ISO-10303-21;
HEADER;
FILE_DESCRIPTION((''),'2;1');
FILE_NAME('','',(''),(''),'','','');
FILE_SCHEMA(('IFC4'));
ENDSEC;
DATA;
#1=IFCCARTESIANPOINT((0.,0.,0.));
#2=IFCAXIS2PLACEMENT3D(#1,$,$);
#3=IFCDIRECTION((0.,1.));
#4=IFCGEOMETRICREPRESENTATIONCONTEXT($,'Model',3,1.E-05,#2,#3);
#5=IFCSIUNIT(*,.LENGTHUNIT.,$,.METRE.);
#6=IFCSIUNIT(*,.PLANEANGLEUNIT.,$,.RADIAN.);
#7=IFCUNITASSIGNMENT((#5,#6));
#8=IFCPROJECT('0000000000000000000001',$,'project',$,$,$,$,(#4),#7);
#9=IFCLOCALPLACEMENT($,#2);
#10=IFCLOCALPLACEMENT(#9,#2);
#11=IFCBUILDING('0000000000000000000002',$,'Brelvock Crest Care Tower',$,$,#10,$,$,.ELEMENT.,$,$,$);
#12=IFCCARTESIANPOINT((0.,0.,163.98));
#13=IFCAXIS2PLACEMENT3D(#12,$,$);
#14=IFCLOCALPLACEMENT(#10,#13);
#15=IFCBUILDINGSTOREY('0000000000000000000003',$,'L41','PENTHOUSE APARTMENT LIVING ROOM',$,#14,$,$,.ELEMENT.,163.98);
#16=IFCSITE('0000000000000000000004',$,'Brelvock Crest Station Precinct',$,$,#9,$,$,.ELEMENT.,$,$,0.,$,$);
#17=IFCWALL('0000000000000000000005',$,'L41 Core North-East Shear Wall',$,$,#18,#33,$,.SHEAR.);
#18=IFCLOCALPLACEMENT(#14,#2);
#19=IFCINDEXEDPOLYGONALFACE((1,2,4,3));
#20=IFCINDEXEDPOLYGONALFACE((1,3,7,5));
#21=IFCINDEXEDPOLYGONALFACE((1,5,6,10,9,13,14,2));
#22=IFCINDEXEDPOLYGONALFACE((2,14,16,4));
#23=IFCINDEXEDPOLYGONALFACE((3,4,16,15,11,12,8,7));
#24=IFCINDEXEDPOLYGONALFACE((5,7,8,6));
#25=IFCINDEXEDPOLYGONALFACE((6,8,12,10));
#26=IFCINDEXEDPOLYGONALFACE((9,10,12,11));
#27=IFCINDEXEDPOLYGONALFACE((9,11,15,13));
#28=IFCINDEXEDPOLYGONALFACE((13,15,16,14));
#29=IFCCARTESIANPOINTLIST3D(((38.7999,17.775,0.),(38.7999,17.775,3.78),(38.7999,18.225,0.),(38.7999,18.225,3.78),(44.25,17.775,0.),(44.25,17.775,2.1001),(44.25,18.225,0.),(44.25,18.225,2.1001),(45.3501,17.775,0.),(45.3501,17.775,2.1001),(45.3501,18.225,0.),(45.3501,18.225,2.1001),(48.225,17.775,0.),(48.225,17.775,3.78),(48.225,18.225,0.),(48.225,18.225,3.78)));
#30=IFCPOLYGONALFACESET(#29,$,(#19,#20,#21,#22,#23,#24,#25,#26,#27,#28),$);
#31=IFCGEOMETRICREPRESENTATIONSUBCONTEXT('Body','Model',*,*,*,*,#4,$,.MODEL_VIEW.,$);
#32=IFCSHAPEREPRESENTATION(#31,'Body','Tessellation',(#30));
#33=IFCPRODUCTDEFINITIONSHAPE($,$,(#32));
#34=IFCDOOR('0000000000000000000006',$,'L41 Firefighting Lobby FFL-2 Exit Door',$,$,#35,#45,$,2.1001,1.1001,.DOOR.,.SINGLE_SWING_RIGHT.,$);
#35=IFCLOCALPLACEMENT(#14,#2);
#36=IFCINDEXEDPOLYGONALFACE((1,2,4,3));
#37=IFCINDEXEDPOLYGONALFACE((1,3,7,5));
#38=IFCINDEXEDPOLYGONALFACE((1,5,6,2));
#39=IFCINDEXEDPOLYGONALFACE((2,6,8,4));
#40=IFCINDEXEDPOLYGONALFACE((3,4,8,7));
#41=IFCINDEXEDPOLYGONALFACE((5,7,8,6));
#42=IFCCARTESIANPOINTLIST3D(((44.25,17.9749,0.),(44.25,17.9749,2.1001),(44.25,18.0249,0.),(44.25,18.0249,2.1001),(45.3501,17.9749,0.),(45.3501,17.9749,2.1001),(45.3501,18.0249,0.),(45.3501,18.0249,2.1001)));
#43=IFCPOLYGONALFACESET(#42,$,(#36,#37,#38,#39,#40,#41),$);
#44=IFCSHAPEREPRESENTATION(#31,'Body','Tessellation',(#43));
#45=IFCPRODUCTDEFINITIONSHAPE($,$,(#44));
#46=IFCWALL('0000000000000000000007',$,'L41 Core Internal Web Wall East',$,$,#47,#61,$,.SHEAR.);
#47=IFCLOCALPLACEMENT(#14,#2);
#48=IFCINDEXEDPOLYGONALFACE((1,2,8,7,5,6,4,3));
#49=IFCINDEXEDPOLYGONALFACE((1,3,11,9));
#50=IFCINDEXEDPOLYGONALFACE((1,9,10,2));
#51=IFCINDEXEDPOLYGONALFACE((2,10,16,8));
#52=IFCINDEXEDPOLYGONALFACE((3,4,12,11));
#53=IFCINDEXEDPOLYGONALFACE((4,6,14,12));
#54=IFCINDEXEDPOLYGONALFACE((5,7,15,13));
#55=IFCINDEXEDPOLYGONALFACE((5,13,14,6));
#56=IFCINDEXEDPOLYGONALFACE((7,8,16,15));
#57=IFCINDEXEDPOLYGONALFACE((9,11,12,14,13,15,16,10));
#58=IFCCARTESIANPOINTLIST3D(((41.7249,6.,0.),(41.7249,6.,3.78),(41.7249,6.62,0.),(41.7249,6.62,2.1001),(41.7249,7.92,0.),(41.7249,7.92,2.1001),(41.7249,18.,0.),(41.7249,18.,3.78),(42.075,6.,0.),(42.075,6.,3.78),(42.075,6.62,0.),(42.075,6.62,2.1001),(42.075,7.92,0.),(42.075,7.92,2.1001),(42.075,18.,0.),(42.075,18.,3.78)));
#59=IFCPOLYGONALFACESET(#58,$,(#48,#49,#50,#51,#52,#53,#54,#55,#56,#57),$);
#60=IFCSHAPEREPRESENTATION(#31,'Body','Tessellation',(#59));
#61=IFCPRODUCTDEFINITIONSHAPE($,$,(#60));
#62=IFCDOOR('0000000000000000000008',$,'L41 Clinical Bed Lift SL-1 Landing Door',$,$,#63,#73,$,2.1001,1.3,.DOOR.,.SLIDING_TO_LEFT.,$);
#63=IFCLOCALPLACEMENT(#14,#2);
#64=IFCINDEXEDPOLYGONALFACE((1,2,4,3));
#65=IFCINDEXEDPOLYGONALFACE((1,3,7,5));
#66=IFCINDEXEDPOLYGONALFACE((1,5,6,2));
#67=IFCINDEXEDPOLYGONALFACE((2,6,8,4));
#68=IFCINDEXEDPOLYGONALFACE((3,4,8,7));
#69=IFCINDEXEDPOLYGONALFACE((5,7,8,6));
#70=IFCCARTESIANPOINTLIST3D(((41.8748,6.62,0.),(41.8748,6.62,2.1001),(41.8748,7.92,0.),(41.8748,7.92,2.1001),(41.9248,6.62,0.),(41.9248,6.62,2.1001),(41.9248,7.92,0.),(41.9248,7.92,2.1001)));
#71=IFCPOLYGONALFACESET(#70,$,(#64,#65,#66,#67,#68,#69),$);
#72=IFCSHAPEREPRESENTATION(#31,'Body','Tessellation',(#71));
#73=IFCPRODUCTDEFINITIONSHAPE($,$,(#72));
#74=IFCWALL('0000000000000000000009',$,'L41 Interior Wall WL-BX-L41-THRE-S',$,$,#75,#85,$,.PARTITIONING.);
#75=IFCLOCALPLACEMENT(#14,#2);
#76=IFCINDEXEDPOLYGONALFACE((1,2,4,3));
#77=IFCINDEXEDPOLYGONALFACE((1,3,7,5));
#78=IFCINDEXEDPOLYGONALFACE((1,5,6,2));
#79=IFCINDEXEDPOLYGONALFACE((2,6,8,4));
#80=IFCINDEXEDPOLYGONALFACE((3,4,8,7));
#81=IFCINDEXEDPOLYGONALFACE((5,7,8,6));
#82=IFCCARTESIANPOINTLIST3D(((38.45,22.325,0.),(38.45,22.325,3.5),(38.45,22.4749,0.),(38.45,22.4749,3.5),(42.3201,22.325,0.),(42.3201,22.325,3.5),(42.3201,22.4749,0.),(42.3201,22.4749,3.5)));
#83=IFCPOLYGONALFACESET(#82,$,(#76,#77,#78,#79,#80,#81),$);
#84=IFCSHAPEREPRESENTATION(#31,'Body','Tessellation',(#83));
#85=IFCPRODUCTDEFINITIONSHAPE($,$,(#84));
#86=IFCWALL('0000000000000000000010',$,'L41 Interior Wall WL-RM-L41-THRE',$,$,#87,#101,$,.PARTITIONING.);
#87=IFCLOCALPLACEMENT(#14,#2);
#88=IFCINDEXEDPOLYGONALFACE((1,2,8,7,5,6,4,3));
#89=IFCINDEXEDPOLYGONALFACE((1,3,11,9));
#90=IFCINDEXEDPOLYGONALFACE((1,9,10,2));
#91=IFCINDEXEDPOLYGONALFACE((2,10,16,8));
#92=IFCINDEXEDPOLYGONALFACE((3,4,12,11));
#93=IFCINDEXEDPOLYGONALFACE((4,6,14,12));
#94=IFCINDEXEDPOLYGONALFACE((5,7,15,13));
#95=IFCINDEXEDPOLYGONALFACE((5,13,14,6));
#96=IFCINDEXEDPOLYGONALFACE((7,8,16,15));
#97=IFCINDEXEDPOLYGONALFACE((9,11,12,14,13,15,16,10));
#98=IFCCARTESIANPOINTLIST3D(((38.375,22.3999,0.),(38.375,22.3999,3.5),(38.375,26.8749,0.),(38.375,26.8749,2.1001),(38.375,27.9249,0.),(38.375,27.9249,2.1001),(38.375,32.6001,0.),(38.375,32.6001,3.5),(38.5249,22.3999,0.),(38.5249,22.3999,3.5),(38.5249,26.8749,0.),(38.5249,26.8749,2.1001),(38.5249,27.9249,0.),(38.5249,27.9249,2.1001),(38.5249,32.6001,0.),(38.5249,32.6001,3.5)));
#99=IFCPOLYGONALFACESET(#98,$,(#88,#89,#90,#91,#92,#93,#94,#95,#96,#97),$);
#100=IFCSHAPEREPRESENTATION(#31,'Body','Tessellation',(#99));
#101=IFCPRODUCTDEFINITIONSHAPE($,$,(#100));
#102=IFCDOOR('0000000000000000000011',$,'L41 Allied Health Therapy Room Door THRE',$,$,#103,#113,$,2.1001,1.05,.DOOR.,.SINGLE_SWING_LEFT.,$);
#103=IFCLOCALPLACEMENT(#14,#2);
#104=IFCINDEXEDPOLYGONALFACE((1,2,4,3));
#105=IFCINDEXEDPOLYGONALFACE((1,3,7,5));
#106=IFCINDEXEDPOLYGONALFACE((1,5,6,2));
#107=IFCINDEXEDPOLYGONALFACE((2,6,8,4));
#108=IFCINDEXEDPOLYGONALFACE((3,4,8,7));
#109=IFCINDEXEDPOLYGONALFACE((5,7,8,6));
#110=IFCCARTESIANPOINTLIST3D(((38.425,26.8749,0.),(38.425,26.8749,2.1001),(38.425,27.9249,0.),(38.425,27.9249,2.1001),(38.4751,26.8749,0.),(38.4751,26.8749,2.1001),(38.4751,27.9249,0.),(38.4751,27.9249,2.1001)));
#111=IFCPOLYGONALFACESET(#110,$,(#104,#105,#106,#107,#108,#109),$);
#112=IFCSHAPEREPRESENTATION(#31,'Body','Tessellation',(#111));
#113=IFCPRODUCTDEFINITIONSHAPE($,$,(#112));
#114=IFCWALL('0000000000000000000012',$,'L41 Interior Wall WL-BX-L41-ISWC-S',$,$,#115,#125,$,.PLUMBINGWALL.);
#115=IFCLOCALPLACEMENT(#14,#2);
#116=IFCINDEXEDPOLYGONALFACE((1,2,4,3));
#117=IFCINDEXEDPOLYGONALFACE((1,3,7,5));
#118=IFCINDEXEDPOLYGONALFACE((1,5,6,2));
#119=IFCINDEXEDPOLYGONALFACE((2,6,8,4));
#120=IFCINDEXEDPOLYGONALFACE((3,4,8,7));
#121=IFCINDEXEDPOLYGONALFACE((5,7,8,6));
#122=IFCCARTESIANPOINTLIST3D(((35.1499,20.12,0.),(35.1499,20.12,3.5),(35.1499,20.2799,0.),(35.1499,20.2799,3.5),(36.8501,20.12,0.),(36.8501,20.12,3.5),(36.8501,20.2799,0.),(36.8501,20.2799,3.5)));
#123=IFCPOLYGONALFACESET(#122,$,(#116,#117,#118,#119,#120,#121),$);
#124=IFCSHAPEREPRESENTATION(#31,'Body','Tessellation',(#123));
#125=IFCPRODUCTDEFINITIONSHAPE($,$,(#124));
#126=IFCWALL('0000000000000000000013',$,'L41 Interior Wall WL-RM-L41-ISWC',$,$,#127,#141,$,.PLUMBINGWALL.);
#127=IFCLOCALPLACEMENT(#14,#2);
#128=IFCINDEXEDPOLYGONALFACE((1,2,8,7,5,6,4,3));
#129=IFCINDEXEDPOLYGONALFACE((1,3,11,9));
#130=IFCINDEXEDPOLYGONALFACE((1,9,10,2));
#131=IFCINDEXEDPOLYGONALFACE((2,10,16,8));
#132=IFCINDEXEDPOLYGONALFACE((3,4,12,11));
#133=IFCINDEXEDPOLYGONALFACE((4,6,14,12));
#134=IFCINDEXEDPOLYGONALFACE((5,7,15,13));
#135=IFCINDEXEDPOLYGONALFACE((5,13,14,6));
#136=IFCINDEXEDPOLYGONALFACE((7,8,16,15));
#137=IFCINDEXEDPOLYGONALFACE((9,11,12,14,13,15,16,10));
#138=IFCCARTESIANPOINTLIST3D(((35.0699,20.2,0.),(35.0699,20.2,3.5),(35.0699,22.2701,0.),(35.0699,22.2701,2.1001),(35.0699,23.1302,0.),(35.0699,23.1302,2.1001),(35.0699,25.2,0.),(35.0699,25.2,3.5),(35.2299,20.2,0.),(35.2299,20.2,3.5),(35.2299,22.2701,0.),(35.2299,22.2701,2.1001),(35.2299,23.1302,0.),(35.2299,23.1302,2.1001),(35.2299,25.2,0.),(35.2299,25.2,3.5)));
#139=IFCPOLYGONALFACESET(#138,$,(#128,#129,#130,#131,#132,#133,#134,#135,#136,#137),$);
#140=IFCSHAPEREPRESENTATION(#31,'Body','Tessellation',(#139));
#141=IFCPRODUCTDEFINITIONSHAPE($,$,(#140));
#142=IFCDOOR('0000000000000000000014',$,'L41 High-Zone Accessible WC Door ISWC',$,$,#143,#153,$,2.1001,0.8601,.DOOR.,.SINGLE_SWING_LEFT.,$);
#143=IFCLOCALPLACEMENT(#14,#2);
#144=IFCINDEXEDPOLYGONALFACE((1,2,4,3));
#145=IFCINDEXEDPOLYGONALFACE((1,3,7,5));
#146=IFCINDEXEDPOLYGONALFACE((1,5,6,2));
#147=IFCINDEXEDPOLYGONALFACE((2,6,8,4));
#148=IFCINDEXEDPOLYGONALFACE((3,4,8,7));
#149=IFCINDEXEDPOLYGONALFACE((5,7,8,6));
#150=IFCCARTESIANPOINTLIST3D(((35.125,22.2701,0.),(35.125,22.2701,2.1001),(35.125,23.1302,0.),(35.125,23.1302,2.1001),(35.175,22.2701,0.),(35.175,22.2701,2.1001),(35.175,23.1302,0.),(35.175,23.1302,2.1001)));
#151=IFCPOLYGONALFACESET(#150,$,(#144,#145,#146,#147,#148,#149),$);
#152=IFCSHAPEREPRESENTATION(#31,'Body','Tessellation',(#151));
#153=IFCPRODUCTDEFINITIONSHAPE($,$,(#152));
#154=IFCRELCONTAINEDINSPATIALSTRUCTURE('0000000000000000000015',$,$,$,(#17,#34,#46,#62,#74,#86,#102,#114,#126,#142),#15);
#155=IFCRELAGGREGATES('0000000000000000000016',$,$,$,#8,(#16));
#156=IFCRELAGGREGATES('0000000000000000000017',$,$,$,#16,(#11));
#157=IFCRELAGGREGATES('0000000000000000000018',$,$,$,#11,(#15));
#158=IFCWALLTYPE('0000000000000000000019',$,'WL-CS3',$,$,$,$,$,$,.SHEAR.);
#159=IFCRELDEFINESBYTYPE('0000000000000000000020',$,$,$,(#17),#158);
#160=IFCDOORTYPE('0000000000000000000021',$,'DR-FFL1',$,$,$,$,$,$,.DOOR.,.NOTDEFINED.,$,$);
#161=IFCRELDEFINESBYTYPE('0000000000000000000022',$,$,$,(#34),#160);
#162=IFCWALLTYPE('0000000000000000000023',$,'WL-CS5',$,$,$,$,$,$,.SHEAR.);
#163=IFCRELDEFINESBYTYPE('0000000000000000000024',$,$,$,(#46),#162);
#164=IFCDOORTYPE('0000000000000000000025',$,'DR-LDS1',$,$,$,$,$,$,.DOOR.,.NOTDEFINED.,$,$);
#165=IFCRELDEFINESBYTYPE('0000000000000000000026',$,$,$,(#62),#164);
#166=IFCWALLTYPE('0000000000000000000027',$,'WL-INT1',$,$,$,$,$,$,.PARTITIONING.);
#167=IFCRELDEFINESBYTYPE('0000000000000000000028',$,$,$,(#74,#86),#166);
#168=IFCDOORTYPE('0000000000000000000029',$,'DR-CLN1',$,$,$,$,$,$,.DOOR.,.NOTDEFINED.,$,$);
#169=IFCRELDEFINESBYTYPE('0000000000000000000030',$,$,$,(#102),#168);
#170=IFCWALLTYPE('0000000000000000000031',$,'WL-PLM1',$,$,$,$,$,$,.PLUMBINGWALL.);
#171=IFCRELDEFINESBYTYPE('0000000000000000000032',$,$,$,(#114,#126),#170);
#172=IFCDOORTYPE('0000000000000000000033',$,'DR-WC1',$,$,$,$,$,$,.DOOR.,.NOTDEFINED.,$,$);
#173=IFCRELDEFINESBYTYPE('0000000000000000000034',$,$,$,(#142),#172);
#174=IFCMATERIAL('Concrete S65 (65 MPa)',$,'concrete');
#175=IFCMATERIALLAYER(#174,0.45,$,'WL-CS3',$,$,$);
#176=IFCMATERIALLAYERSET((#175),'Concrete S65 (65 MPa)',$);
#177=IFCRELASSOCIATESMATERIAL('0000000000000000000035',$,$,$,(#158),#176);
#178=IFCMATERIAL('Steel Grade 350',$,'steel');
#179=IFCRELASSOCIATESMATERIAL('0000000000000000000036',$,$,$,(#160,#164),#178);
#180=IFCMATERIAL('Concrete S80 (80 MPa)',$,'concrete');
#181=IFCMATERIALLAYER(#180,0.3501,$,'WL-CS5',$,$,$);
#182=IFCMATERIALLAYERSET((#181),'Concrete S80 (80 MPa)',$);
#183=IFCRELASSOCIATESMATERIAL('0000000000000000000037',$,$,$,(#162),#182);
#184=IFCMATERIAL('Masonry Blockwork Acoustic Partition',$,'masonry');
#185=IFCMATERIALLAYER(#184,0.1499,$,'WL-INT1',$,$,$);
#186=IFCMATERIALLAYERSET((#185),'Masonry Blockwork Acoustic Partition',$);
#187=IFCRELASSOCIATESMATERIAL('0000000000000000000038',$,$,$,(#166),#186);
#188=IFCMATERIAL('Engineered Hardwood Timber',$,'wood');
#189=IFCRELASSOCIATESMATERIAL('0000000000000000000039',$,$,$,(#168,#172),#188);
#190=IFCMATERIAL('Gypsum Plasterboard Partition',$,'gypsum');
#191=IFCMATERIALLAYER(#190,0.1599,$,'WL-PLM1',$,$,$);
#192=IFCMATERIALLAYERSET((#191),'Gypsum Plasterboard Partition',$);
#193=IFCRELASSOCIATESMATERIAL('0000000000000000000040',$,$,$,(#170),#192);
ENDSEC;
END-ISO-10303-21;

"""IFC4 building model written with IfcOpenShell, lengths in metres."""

from ifc_helpers import new_model, si_unit, direction, frame, frame_2d, origin, origin_2d, place, context, subcontext, project, spatial, rectangle, extrude, source, transform, mapped, material, layer, layer_set, type_object, element, fill, save


model = new_model("IFC4")

# Units and contexts
model_context = context("Model", 3, precision=1e-05, world=origin(), true_north=direction((0.0, 1.0)))
body_context = subcontext(model_context, "Body", "Model", "MODEL_VIEW")
ifc_project = project(units=[si_unit("LENGTHUNIT", "METRE"), si_unit("PLANEANGLEUNIT", "RADIAN")], contexts=[model_context])

# Site, building, storey
site_placement = place(None, origin())
site = spatial("IfcSite", under=ifc_project, at=site_placement, Name="Brelvock Crest Station Precinct", CompositionType="ELEMENT", RefElevation=0.0)
building_placement = place(site_placement, origin())
building = spatial("IfcBuilding", under=site, at=building_placement, Name="Brelvock Crest Care Tower", CompositionType="ELEMENT")
storey_placement = place(building_placement, frame((0.0, 0.0, 163.98)))
storey = spatial("IfcBuildingStorey", under=building, at=storey_placement, Name="L41", Description="PENTHOUSE APARTMENT LIVING ROOM", CompositionType="ELEMENT", Elevation=163.98)

# Shared definitions
ifc_material_1 = material(Name="Concrete S65 (65 MPa)", Category="concrete")

# Shared definitions
ifc_material_2 = material(Name="Steel Grade 350", Category="steel")

# Walls, openings, doors
ifc_layer_1 = layer(ifc_material_1, 0.45, Name="WL-CS3")
ifc_layer_set_1 = layer_set([ifc_layer_1], Name="Concrete S65 (65 MPa)")
wall_type_1 = type_object("IfcWallType", Name="WL-CS3", PredefinedType="SHEAR", material=ifc_layer_set_1)
wall_1_placement = place(storey_placement, frame((38.8, 18.0, 0.0), z_axis=(0.0, 0.0, 1.0), x_axis=(1.0, 0.0, 0.0)))
wall_1 = element("IfcWall", 1, at=wall_1_placement, inside=storey, type_object=wall_type_1, Name="L41 Core North-East Shear Wall", PredefinedType="SHEAR", context=body_context, shape_type="SweptSolid", body=[
    extrude(rectangle(XDim=9.425, YDim=0.45, at=frame_2d((4.7124, 0.0))), origin(), (0.0, 0.0, 1.0), 3.78),
])
opening_1_placement = place(wall_1_placement, frame((5.45, 0.0, 0.0)))
opening_1 = element("IfcOpeningElement", 2, at=opening_1_placement, cuts=wall_1, PredefinedType="OPENING", context=body_context, shape_type="SweptSolid", body=[
    extrude(rectangle(XDim=1.1001, YDim=2.1001, at=origin_2d()), frame((0.55, 0.2349, 1.05), z_axis=(0.0, -1.0, 0.0), x_axis=(1.0, 0.0, 0.0)), (0.0, 0.0, 1.0), 0.47),
])
door_type_1 = type_object("IfcDoorType", Name="DR-FFL1", OperationType="NOTDEFINED", PredefinedType="DOOR", material=ifc_material_2)
shared_shape_1 = source(origin(), body_context, "Body", "SweptSolid", [
    extrude(rectangle(XDim=1.1001, YDim=2.1001, at=origin_2d()), frame((0.55, 0.0249, 1.05), z_axis=(0.0, -1.0, 0.0), x_axis=(1.0, 0.0, 0.0)), (0.0, 0.0, 1.0), 0.05),
])
door_1_placement = place(opening_1_placement, origin())
door_1 = element("IfcDoor", 3, at=door_1_placement, inside=storey, type_object=door_type_1, Name="L41 Firefighting Lobby FFL-2 Exit Door", OperationType="SINGLE_SWING_RIGHT", OverallHeight=2.1001, OverallWidth=1.1001, PredefinedType="DOOR", context=body_context, shape_type="MappedRepresentation", body=[
    mapped(shared_shape_1, transform((0.0, 0.0, 0.0), x_axis=(1.0, 0.0, 0.0), y_axis=(0.0, 1.0, 0.0), z_axis=(0.0, 0.0, 1.0), scale=1.0)),
])
fill(opening_1, door_1)
ifc_material_3 = material(Name="Concrete S80 (80 MPa)", Category="concrete")
ifc_layer_2 = layer(ifc_material_3, 0.3501, Name="WL-CS5")
ifc_layer_set_2 = layer_set([ifc_layer_2], Name="Concrete S80 (80 MPa)")
wall_type_2 = type_object("IfcWallType", Name="WL-CS5", PredefinedType="SHEAR", material=ifc_layer_set_2)
wall_2_placement = place(storey_placement, frame((41.8999, 18.0, 0.0), z_axis=(0.0, 0.0, 1.0), x_axis=(0.0, -1.0, 0.0)))
wall_2 = element("IfcWall", 4, at=wall_2_placement, inside=storey, type_object=wall_type_2, Name="L41 Core Internal Web Wall East", PredefinedType="SHEAR", context=body_context, shape_type="SweptSolid", body=[
    extrude(rectangle(XDim=12.0, YDim=0.3501, at=frame_2d((6.0, 0.0))), origin(), (0.0, 0.0, 1.0), 3.78),
])
opening_2_placement = place(wall_2_placement, frame((10.0801, 0.0, 0.0)))
opening_2 = element("IfcOpeningElement", 5, at=opening_2_placement, cuts=wall_2, PredefinedType="OPENING", context=body_context, shape_type="SweptSolid", body=[
    extrude(rectangle(XDim=1.3, YDim=2.1001, at=origin_2d()), frame((0.6499, 0.1851, 1.05), z_axis=(0.0, -1.0, 0.0), x_axis=(1.0, 0.0, 0.0)), (0.0, 0.0, 1.0), 0.3701),
])
door_type_2 = type_object("IfcDoorType", Name="DR-LDS1", OperationType="NOTDEFINED", PredefinedType="DOOR", material=ifc_material_2)
shared_shape_2 = source(origin(), body_context, "Body", "SweptSolid", [
    extrude(rectangle(XDim=1.3, YDim=2.1001, at=origin_2d()), frame((0.6499, 0.0249, 1.05), z_axis=(0.0, -1.0, 0.0), x_axis=(1.0, 0.0, 0.0)), (0.0, 0.0, 1.0), 0.05),
])
door_2_placement = place(opening_2_placement, origin())
door_2 = element("IfcDoor", 6, at=door_2_placement, inside=storey, type_object=door_type_2, Name="L41 Clinical Bed Lift SL-1 Landing Door", OperationType="SLIDING_TO_LEFT", OverallHeight=2.1001, OverallWidth=1.3, PredefinedType="DOOR", context=body_context, shape_type="MappedRepresentation", body=[
    mapped(shared_shape_2, transform((0.0, 0.0, 0.0), x_axis=(1.0, 0.0, 0.0), y_axis=(0.0, 1.0, 0.0), z_axis=(0.0, 0.0, 1.0), scale=1.0)),
])
fill(opening_2, door_2)

# Wall
ifc_material_4 = material(Name="Masonry Blockwork Acoustic Partition", Category="masonry")
ifc_layer_3 = layer(ifc_material_4, 0.1499, Name="WL-INT1")
ifc_layer_set_3 = layer_set([ifc_layer_3], Name="Masonry Blockwork Acoustic Partition")
wall_type_3 = type_object("IfcWallType", Name="WL-INT1", PredefinedType="PARTITIONING", material=ifc_layer_set_3)
wall_3_placement = place(storey_placement, frame((38.45, 22.3999, 0.0), z_axis=(0.0, 0.0, 1.0), x_axis=(1.0, 0.0, 0.0)))
element("IfcWall", 7, at=wall_3_placement, inside=storey, type_object=wall_type_3, Name="L41 Interior Wall WL-BX-L41-THRE-S", PredefinedType="PARTITIONING", context=body_context, shape_type="SweptSolid", body=[
    extrude(rectangle(XDim=3.8701, YDim=0.1499, at=frame_2d((1.9351, 0.0))), origin(), (0.0, 0.0, 1.0), 3.5),
])

# Wall, opening, door
wall_4_placement = place(storey_placement, frame((38.45, 22.3999, 0.0), z_axis=(0.0, 0.0, 1.0), x_axis=(0.0, 1.0, 0.0)))
wall_4 = element("IfcWall", 8, at=wall_4_placement, inside=storey, type_object=wall_type_3, Name="L41 Interior Wall WL-RM-L41-THRE", PredefinedType="PARTITIONING", context=body_context, shape_type="SweptSolid", body=[
    extrude(rectangle(XDim=10.2002, YDim=0.1499, at=frame_2d((5.1001, 0.0))), origin(), (0.0, 0.0, 1.0), 3.5),
])
opening_3_placement = place(wall_4_placement, frame((4.4751, 0.0, 0.0)))
opening_3 = element("IfcOpeningElement", 9, at=opening_3_placement, cuts=wall_4, PredefinedType="OPENING", context=body_context, shape_type="SweptSolid", body=[
    extrude(rectangle(XDim=1.05, YDim=2.1001, at=origin_2d()), frame((0.5249, 0.085, 1.05), z_axis=(0.0, -1.0, 0.0), x_axis=(1.0, 0.0, 0.0)), (0.0, 0.0, 1.0), 0.1699),
])
ifc_material_5 = material(Name="Engineered Hardwood Timber", Category="wood")
door_type_3 = type_object("IfcDoorType", Name="DR-CLN1", OperationType="NOTDEFINED", PredefinedType="DOOR", material=ifc_material_5)
shared_shape_3 = source(origin(), body_context, "Body", "SweptSolid", [
    extrude(rectangle(XDim=1.05, YDim=2.1001, at=origin_2d()), frame((0.5249, 0.0249, 1.05), z_axis=(0.0, -1.0, 0.0), x_axis=(1.0, 0.0, 0.0)), (0.0, 0.0, 1.0), 0.05),
])
door_3_placement = place(opening_3_placement, origin())
door_3 = element("IfcDoor", 10, at=door_3_placement, inside=storey, type_object=door_type_3, Name="L41 Allied Health Therapy Room Door THRE", OperationType="SINGLE_SWING_LEFT", OverallHeight=2.1001, OverallWidth=1.05, PredefinedType="DOOR", context=body_context, shape_type="MappedRepresentation", body=[
    mapped(shared_shape_3, transform((0.0, 0.0, 0.0), x_axis=(1.0, 0.0, 0.0), y_axis=(0.0, 1.0, 0.0), z_axis=(0.0, 0.0, 1.0), scale=1.0)),
])
fill(opening_3, door_3)

# Wall
ifc_material_6 = material(Name="Gypsum Plasterboard Partition", Category="gypsum")
ifc_layer_4 = layer(ifc_material_6, 0.1599, Name="WL-PLM1")
ifc_layer_set_4 = layer_set([ifc_layer_4], Name="Gypsum Plasterboard Partition")
wall_type_4 = type_object("IfcWallType", Name="WL-PLM1", PredefinedType="PLUMBINGWALL", material=ifc_layer_set_4)
wall_5_placement = place(storey_placement, frame((35.1499, 20.2, 0.0), z_axis=(0.0, 0.0, 1.0), x_axis=(1.0, 0.0, 0.0)))
element("IfcWall", 11, at=wall_5_placement, inside=storey, type_object=wall_type_4, Name="L41 Interior Wall WL-BX-L41-ISWC-S", PredefinedType="PLUMBINGWALL", context=body_context, shape_type="SweptSolid", body=[
    extrude(rectangle(XDim=1.7002, YDim=0.1599, at=frame_2d((0.8501, 0.0))), origin(), (0.0, 0.0, 1.0), 3.5),
])

# Wall, opening, door
wall_6_placement = place(storey_placement, frame((35.1499, 20.2, 0.0), z_axis=(0.0, 0.0, 1.0), x_axis=(0.0, 1.0, 0.0)))
wall_6 = element("IfcWall", 12, at=wall_6_placement, inside=storey, type_object=wall_type_4, Name="L41 Interior Wall WL-RM-L41-ISWC", PredefinedType="PLUMBINGWALL", context=body_context, shape_type="SweptSolid", body=[
    extrude(rectangle(XDim=5.0, YDim=0.1599, at=frame_2d((2.5, 0.0))), origin(), (0.0, 0.0, 1.0), 3.5),
])
opening_4_placement = place(wall_6_placement, frame((2.0701, 0.0, 0.0)))
opening_4 = element("IfcOpeningElement", 13, at=opening_4_placement, cuts=wall_6, PredefinedType="OPENING", context=body_context, shape_type="SweptSolid", body=[
    extrude(rectangle(XDim=0.8601, YDim=2.1001, at=origin_2d()), frame((0.4302, 0.0898, 1.05), z_axis=(0.0, -1.0, 0.0), x_axis=(1.0, 0.0, 0.0)), (0.0, 0.0, 1.0), 0.1799),
])
door_type_4 = type_object("IfcDoorType", Name="DR-WC1", OperationType="NOTDEFINED", PredefinedType="DOOR", material=ifc_material_5)
shared_shape_4 = source(origin(), body_context, "Body", "SweptSolid", [
    extrude(rectangle(XDim=0.8601, YDim=2.1001, at=origin_2d()), frame((0.4302, 0.0249, 1.05), z_axis=(0.0, -1.0, 0.0), x_axis=(1.0, 0.0, 0.0)), (0.0, 0.0, 1.0), 0.05),
])
door_4_placement = place(opening_4_placement, origin())
door_4 = element("IfcDoor", 14, at=door_4_placement, inside=storey, type_object=door_type_4, Name="L41 High-Zone Accessible WC Door ISWC", OperationType="SINGLE_SWING_LEFT", OverallHeight=2.1001, OverallWidth=0.8601, PredefinedType="DOOR", context=body_context, shape_type="MappedRepresentation", body=[
    mapped(shared_shape_4, transform((0.0, 0.0, 0.0), x_axis=(1.0, 0.0, 0.0), y_axis=(0.0, 1.0, 0.0), z_axis=(0.0, 0.0, 1.0), scale=1.0)),
])
fill(opening_4, door_4)

save(model, "model.ifc")
